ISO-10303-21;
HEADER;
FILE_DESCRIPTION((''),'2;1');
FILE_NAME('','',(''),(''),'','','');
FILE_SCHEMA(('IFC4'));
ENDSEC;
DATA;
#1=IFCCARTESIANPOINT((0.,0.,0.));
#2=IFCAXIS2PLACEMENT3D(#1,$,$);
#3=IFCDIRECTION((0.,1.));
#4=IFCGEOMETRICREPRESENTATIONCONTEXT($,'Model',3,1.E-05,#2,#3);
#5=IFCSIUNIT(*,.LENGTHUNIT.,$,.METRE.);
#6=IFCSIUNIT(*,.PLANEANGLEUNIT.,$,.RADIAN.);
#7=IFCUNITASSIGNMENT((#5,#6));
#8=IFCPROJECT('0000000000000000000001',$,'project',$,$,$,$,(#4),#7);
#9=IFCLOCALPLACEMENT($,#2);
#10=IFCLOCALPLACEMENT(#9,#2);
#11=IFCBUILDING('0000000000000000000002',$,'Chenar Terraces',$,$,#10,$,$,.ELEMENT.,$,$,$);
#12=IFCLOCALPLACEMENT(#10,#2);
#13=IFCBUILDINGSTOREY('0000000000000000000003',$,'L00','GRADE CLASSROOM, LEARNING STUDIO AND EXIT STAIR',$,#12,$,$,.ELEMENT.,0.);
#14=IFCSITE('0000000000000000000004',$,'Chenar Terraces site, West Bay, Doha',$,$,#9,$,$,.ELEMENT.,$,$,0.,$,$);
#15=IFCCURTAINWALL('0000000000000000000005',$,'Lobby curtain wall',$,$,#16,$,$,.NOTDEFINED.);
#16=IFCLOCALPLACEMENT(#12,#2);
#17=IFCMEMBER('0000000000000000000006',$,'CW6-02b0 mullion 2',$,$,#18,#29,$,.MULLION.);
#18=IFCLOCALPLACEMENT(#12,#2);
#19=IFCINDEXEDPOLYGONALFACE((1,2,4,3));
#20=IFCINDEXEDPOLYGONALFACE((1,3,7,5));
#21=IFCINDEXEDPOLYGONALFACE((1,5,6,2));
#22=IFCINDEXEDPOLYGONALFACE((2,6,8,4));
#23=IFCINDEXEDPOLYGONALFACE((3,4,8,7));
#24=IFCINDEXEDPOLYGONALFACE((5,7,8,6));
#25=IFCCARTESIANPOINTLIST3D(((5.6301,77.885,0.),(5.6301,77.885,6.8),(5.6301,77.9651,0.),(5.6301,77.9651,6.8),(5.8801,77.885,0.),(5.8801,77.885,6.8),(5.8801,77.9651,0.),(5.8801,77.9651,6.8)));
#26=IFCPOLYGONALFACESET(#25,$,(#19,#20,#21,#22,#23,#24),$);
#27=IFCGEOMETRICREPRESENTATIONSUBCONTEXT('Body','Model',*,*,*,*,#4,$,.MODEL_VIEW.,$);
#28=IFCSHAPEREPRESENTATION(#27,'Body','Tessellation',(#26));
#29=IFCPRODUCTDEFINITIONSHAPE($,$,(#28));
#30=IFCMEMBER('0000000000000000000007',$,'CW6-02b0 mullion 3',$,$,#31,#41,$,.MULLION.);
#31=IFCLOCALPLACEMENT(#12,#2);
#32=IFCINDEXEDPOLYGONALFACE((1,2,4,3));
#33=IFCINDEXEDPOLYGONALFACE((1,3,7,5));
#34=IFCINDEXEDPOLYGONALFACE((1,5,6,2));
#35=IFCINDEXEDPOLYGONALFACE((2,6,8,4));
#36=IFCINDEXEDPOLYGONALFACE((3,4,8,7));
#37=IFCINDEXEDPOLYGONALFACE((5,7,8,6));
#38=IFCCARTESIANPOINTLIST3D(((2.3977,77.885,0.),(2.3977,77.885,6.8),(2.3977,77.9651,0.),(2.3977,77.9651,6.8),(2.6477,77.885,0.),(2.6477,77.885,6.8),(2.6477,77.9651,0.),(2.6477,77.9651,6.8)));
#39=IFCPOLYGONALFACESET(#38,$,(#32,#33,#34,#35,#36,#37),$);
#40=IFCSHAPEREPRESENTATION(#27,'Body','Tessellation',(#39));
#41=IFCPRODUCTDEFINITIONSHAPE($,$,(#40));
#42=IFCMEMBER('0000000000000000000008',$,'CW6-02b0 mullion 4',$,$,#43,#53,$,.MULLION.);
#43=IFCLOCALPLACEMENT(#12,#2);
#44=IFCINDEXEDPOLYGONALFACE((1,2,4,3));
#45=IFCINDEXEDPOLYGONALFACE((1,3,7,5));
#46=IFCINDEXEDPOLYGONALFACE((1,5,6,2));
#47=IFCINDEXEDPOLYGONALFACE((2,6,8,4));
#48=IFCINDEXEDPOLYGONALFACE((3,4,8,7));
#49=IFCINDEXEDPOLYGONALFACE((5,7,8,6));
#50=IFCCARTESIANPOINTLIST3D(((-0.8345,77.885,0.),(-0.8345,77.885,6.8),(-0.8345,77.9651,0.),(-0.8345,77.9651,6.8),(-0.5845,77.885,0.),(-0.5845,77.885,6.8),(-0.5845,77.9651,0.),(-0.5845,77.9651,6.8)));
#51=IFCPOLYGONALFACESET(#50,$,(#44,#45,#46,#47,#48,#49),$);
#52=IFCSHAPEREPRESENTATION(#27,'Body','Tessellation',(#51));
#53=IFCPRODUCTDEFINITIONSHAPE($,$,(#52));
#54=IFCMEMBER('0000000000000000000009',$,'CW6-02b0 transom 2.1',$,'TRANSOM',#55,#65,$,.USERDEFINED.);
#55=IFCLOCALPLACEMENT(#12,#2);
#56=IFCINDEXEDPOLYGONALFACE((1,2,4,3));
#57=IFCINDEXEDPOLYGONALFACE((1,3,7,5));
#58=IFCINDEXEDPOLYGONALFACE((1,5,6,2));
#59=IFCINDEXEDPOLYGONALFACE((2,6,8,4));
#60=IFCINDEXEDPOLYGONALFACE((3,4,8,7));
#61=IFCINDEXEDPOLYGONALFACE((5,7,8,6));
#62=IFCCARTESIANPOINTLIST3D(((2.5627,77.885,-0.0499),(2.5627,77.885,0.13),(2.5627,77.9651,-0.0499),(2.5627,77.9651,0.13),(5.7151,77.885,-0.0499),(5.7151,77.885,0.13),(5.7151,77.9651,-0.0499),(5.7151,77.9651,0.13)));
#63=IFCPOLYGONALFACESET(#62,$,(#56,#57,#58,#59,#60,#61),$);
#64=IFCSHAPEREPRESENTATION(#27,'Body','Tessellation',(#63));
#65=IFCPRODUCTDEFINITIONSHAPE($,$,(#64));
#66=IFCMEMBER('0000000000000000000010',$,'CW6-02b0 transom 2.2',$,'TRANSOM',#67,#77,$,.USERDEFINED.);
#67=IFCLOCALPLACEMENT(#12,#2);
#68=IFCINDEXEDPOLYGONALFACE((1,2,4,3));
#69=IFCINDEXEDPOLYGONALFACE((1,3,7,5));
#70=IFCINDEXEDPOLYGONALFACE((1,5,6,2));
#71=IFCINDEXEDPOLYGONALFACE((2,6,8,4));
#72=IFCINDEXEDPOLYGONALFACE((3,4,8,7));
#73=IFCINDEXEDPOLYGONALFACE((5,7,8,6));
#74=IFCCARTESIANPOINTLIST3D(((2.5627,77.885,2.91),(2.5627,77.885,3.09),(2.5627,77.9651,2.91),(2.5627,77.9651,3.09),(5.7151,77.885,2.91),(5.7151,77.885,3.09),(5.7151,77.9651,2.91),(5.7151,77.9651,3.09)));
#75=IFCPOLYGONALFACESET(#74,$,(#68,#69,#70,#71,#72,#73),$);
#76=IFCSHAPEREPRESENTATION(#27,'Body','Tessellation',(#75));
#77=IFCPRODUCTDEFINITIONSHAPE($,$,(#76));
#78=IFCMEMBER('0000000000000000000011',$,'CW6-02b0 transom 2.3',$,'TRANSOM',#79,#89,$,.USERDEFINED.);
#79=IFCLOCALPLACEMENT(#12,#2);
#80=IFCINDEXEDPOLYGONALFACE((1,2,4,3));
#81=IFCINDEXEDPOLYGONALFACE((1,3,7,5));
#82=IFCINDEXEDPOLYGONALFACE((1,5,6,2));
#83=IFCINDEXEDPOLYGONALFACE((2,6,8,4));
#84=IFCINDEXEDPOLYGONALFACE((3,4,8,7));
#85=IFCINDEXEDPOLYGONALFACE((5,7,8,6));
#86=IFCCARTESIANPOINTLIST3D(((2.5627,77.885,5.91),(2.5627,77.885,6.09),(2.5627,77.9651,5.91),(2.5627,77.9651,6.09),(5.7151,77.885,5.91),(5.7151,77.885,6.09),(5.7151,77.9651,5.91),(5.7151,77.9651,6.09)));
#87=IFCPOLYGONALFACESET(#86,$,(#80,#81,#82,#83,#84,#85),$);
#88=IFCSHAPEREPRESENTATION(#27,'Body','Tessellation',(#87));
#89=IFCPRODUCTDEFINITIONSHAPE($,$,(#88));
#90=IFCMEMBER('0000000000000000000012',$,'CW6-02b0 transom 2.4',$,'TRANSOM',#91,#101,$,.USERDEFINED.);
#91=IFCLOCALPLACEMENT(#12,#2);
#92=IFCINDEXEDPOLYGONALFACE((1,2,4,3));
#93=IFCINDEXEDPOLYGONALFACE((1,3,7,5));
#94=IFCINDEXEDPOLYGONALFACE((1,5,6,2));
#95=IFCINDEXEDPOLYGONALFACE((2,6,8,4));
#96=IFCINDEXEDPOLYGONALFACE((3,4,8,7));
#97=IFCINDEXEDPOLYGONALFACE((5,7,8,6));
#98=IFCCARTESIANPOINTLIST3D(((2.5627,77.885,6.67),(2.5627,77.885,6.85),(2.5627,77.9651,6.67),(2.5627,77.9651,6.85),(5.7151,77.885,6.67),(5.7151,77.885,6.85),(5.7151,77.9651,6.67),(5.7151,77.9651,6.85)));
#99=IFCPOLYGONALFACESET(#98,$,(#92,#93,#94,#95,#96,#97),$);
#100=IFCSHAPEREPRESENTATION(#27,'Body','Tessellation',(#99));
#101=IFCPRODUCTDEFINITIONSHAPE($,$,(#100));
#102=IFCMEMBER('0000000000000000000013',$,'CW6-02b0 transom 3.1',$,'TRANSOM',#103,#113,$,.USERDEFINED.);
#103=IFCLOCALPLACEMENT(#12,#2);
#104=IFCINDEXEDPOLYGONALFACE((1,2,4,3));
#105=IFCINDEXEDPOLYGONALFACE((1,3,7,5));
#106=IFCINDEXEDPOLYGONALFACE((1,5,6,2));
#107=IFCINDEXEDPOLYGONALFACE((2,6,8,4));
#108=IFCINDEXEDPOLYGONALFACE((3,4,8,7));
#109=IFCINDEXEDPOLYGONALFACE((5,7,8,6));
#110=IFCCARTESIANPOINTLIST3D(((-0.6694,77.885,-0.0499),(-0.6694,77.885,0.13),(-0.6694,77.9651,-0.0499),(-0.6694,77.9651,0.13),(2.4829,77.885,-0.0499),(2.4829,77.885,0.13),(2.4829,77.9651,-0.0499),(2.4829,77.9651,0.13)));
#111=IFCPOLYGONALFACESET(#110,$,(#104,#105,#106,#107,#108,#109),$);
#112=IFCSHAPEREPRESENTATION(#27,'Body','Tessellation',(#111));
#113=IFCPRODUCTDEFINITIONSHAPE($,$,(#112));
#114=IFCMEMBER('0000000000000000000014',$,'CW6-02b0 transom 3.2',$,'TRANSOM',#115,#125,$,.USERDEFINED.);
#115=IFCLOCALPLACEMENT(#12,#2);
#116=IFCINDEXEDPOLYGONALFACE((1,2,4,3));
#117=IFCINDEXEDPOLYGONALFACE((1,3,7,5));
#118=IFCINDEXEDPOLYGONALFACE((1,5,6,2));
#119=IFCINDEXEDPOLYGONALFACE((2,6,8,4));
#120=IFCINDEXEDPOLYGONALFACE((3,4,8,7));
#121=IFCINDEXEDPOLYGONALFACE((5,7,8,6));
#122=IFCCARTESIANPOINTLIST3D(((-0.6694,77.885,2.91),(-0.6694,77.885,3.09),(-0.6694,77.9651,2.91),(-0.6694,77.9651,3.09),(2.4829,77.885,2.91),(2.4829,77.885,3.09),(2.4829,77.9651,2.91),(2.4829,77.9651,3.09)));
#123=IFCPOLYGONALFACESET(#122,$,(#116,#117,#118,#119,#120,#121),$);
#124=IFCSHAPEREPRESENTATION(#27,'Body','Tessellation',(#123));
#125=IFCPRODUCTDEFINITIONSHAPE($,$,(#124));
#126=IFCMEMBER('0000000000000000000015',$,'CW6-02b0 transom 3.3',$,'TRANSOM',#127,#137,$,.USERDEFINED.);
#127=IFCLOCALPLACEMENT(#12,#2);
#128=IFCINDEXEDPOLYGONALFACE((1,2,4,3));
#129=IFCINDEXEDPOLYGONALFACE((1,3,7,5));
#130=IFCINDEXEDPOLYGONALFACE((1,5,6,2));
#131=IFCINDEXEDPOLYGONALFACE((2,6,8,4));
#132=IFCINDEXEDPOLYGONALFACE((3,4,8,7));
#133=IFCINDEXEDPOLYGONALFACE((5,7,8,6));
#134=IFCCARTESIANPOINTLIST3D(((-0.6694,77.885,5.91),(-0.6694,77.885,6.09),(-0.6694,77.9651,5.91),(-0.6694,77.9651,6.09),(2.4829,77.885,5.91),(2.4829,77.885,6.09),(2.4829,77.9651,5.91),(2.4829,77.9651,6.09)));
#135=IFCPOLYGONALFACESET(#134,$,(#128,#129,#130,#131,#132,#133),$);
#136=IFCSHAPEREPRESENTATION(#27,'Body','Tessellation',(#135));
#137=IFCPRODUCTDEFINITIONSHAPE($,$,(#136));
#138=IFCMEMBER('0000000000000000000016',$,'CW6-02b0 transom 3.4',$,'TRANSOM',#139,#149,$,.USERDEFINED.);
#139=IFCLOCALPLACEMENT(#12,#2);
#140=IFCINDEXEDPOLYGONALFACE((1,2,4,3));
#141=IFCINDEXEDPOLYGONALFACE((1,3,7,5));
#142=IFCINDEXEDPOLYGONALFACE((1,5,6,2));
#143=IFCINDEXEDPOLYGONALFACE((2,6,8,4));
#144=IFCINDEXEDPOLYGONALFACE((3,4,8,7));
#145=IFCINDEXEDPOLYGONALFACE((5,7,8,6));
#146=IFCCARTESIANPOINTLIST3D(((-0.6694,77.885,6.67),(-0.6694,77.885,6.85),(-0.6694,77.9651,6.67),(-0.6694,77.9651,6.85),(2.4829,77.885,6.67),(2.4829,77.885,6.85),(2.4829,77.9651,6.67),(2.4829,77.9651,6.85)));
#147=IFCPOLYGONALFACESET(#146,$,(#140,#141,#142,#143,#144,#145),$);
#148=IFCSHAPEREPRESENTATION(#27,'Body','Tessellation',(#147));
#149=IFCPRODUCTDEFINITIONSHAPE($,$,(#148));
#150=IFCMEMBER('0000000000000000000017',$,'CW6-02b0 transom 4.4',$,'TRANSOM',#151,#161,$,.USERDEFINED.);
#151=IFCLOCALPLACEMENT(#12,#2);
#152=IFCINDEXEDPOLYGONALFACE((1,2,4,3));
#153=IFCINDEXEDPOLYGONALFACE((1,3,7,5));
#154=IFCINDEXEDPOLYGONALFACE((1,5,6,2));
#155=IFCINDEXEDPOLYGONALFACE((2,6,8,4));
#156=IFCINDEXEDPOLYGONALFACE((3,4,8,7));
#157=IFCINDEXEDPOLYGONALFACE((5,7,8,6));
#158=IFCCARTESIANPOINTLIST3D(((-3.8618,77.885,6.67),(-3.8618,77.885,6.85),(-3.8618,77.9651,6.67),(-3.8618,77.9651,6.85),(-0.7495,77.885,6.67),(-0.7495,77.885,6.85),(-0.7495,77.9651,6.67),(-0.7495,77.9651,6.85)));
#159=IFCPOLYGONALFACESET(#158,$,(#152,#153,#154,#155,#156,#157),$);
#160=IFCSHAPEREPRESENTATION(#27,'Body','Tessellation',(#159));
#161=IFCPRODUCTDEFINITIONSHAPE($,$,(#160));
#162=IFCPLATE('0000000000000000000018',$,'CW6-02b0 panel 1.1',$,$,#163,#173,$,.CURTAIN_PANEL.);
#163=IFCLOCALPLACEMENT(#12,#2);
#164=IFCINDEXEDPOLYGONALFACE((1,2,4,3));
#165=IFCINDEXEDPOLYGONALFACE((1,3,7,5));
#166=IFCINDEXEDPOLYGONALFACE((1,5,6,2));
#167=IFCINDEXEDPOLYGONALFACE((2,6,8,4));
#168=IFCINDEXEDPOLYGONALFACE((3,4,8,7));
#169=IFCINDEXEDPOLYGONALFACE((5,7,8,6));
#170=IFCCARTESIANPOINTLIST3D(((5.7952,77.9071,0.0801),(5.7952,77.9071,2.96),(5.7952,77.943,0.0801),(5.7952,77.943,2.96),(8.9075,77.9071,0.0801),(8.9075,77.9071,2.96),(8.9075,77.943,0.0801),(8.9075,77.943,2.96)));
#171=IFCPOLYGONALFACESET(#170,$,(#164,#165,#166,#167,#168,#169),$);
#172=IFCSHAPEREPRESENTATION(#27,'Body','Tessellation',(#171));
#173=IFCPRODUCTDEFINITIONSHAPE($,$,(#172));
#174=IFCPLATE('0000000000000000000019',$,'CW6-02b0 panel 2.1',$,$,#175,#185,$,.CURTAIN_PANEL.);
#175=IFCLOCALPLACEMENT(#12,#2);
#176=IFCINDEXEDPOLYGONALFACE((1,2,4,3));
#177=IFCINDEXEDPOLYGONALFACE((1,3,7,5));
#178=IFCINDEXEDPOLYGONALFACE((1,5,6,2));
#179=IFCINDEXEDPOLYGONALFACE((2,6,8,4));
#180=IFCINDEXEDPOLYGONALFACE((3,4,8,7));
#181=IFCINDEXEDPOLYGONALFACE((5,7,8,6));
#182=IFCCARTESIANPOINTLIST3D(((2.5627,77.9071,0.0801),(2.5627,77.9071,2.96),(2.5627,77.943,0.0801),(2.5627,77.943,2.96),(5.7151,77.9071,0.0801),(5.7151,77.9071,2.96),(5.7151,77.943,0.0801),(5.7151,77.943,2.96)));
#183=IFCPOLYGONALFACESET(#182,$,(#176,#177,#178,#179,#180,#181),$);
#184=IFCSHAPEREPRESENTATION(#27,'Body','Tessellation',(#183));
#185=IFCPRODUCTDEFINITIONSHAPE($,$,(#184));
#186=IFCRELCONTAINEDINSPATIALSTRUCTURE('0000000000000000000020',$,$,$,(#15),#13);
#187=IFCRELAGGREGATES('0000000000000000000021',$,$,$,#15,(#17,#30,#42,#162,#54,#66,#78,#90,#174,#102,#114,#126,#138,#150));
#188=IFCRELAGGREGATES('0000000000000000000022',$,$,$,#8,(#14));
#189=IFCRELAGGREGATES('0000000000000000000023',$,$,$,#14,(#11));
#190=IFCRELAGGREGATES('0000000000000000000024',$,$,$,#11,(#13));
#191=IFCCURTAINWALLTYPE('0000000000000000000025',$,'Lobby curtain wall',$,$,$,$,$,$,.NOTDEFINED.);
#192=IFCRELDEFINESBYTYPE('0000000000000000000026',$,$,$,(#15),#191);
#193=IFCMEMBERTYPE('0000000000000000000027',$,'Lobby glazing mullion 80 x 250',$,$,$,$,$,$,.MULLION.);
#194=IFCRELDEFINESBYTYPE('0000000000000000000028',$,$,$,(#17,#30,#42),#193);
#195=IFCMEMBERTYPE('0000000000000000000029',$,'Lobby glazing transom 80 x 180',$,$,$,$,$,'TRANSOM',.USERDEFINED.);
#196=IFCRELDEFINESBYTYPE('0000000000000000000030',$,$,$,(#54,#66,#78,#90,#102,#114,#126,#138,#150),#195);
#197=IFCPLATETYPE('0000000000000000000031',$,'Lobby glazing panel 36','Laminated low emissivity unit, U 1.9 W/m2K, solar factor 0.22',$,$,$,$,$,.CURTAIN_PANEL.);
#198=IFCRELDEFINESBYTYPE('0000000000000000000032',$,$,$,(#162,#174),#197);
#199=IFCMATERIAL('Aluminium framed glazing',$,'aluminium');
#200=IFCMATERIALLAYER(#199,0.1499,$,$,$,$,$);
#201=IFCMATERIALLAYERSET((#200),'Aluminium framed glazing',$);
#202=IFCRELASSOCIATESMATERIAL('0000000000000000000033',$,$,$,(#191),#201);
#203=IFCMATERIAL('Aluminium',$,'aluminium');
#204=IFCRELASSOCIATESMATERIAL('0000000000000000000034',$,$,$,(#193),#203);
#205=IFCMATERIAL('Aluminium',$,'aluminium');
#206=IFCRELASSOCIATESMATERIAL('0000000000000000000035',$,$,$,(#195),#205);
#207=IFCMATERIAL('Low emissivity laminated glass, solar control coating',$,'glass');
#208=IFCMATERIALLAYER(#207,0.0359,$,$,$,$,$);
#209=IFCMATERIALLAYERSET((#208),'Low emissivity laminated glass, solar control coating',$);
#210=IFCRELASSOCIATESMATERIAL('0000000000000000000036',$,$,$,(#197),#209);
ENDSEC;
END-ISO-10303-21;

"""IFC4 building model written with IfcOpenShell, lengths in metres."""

from ifc_helpers import new_model, si_unit, direction, frame, origin, origin_2d, place, context, subcontext, project, spatial, rectangle, extrude, material, layer, layer_set, material_profile, profile_set, type_object, element, aggregate, save


model = new_model("IFC4")

# Units and contexts
model_context = context("Model", 3, precision=1e-05, world=origin(), true_north=direction((0.0, 1.0)))
body_context = subcontext(model_context, "Body", "Model", "MODEL_VIEW")
ifc_project = project(units=[si_unit("LENGTHUNIT", "METRE"), si_unit("PLANEANGLEUNIT", "RADIAN")], contexts=[model_context])

# Site, building, storey
site_placement = place(None, origin())
site = spatial("IfcSite", under=ifc_project, at=site_placement, Name="Chenar Terraces site, West Bay, Doha", CompositionType="ELEMENT", RefElevation=0.0)
building_placement = place(site_placement, origin())
building = spatial("IfcBuilding", under=site, at=building_placement, Name="Chenar Terraces", CompositionType="ELEMENT")
storey_placement = place(building_placement, origin())
storey = spatial("IfcBuildingStorey", under=building, at=storey_placement, Name="L00", Description="GRADE CLASSROOM, LEARNING STUDIO AND EXIT STAIR", CompositionType="ELEMENT", Elevation=0.0)

# Curtain wall, members, plates
ifc_material_1 = material(Name="Aluminium framed glazing", Category="aluminium")
ifc_layer_1 = layer(ifc_material_1, 0.1499)
ifc_layer_set_1 = layer_set([ifc_layer_1], Name="Aluminium framed glazing")
curtain_wall_type = type_object("IfcCurtainWallType", Name="Lobby curtain wall", PredefinedType="NOTDEFINED", material=ifc_layer_set_1)
curtain_wall_placement = place(storey_placement, origin())
curtain_wall = element("IfcCurtainWall", 1, at=curtain_wall_placement, inside=storey, type_object=curtain_wall_type, Name="Lobby curtain wall", PredefinedType="NOTDEFINED")
ifc_material_2 = material(Name="Aluminium", Category="aluminium")
ifc_material_profile_1 = material_profile(ifc_material_2, rectangle(XDim=0.0801, YDim=0.25, at=origin_2d()), Name="Lobby glazing mullion 80 x 250")
ifc_profile_set_1 = profile_set([ifc_material_profile_1], Name="Aluminium")
member_type_1 = type_object("IfcMemberType", Name="Lobby glazing mullion 80 x 250", PredefinedType="MULLION", material=ifc_profile_set_1)
member_1_placement = place(storey_placement, frame((5.7551, 77.925, 0.0), z_axis=(0.0, 0.0, 1.0), x_axis=(0.0, -1.0, 0.0)))
member_1 = element("IfcMember", 2, at=member_1_placement, type_object=member_type_1, Name="CW6-02b0 mullion 2", PredefinedType="MULLION", context=body_context, shape_type="SweptSolid", body=[
    extrude(rectangle(XDim=0.0801, YDim=0.25, at=origin_2d()), origin(), (0.0, 0.0, 1.0), 6.8),
])
member_2_placement = place(storey_placement, frame((2.5227, 77.925, 0.0), z_axis=(0.0, 0.0, 1.0), x_axis=(0.0, -1.0, 0.0)))
member_2 = element("IfcMember", 3, at=member_2_placement, type_object=member_type_1, Name="CW6-02b0 mullion 3", PredefinedType="MULLION", context=body_context, shape_type="SweptSolid", body=[
    extrude(rectangle(XDim=0.0801, YDim=0.25, at=origin_2d()), origin(), (0.0, 0.0, 1.0), 6.8),
])
member_3_placement = place(storey_placement, frame((-0.7095, 77.925, 0.0), z_axis=(0.0, 0.0, 1.0), x_axis=(0.0, -1.0, 0.0)))
member_3 = element("IfcMember", 4, at=member_3_placement, type_object=member_type_1, Name="CW6-02b0 mullion 4", PredefinedType="MULLION", context=body_context, shape_type="SweptSolid", body=[
    extrude(rectangle(XDim=0.0801, YDim=0.25, at=origin_2d()), origin(), (0.0, 0.0, 1.0), 6.8),
])
ifc_material_3 = material(Name="Aluminium", Category="aluminium")
ifc_material_profile_2 = material_profile(ifc_material_3, rectangle(XDim=0.0801, YDim=0.1799, at=origin_2d()), Name="Lobby glazing transom 80 x 180")
ifc_profile_set_2 = profile_set([ifc_material_profile_2], Name="Aluminium")
member_type_2 = type_object("IfcMemberType", Name="Lobby glazing transom 80 x 180", ElementType="TRANSOM", PredefinedType="USERDEFINED", material=ifc_profile_set_2)
member_4_placement = place(storey_placement, frame((5.7151, 77.925, 0.04), z_axis=(-1.0, 0.0, 0.0), x_axis=(0.0, -1.0, 0.0)))
member_4 = element("IfcMember", 5, at=member_4_placement, type_object=member_type_2, Name="CW6-02b0 transom 2.1", ObjectType="TRANSOM", PredefinedType="USERDEFINED", context=body_context, shape_type="SweptSolid", body=[
    extrude(rectangle(XDim=0.0801, YDim=0.1799, at=origin_2d()), origin(), (0.0, 0.0, 1.0), 3.1523),
])
member_5_placement = place(storey_placement, frame((5.7151, 77.925, 3.0), z_axis=(-1.0, 0.0, 0.0), x_axis=(0.0, -1.0, 0.0)))
member_5 = element("IfcMember", 6, at=member_5_placement, type_object=member_type_2, Name="CW6-02b0 transom 2.2", ObjectType="TRANSOM", PredefinedType="USERDEFINED", context=body_context, shape_type="SweptSolid", body=[
    extrude(rectangle(XDim=0.0801, YDim=0.1799, at=origin_2d()), origin(), (0.0, 0.0, 1.0), 3.1523),
])
member_6_placement = place(storey_placement, frame((5.7151, 77.925, 6.0), z_axis=(-1.0, 0.0, 0.0), x_axis=(0.0, -1.0, 0.0)))
member_6 = element("IfcMember", 7, at=member_6_placement, type_object=member_type_2, Name="CW6-02b0 transom 2.3", ObjectType="TRANSOM", PredefinedType="USERDEFINED", context=body_context, shape_type="SweptSolid", body=[
    extrude(rectangle(XDim=0.0801, YDim=0.1799, at=origin_2d()), origin(), (0.0, 0.0, 1.0), 3.1523),
])
member_7_placement = place(storey_placement, frame((5.7151, 77.925, 6.76), z_axis=(-1.0, 0.0, 0.0), x_axis=(0.0, -1.0, 0.0)))
member_7 = element("IfcMember", 8, at=member_7_placement, type_object=member_type_2, Name="CW6-02b0 transom 2.4", ObjectType="TRANSOM", PredefinedType="USERDEFINED", context=body_context, shape_type="SweptSolid", body=[
    extrude(rectangle(XDim=0.0801, YDim=0.1799, at=origin_2d()), origin(), (0.0, 0.0, 1.0), 3.1523),
])
member_8_placement = place(storey_placement, frame((2.4829, 77.925, 0.04), z_axis=(-1.0, 0.0, 0.0), x_axis=(0.0, -1.0, 0.0)))
member_8 = element("IfcMember", 9, at=member_8_placement, type_object=member_type_2, Name="CW6-02b0 transom 3.1", ObjectType="TRANSOM", PredefinedType="USERDEFINED", context=body_context, shape_type="SweptSolid", body=[
    extrude(rectangle(XDim=0.0801, YDim=0.1799, at=origin_2d()), origin(), (0.0, 0.0, 1.0), 3.1523),
])
member_9_placement = place(storey_placement, frame((2.4829, 77.925, 3.0), z_axis=(-1.0, 0.0, 0.0), x_axis=(0.0, -1.0, 0.0)))
member_9 = element("IfcMember", 10, at=member_9_placement, type_object=member_type_2, Name="CW6-02b0 transom 3.2", ObjectType="TRANSOM", PredefinedType="USERDEFINED", context=body_context, shape_type="SweptSolid", body=[
    extrude(rectangle(XDim=0.0801, YDim=0.1799, at=origin_2d()), origin(), (0.0, 0.0, 1.0), 3.1523),
])
member_10_placement = place(storey_placement, frame((2.4829, 77.925, 6.0), z_axis=(-1.0, 0.0, 0.0), x_axis=(0.0, -1.0, 0.0)))
member_10 = element("IfcMember", 11, at=member_10_placement, type_object=member_type_2, Name="CW6-02b0 transom 3.3", ObjectType="TRANSOM", PredefinedType="USERDEFINED", context=body_context, shape_type="SweptSolid", body=[
    extrude(rectangle(XDim=0.0801, YDim=0.1799, at=origin_2d()), origin(), (0.0, 0.0, 1.0), 3.1523),
])
member_11_placement = place(storey_placement, frame((2.4829, 77.925, 6.76), z_axis=(-1.0, 0.0, 0.0), x_axis=(0.0, -1.0, 0.0)))
member_11 = element("IfcMember", 12, at=member_11_placement, type_object=member_type_2, Name="CW6-02b0 transom 3.4", ObjectType="TRANSOM", PredefinedType="USERDEFINED", context=body_context, shape_type="SweptSolid", body=[
    extrude(rectangle(XDim=0.0801, YDim=0.1799, at=origin_2d()), origin(), (0.0, 0.0, 1.0), 3.1523),
])
member_12_placement = place(storey_placement, frame((-0.7495, 77.925, 6.76), z_axis=(-1.0, 0.0, 0.0), x_axis=(0.0, -1.0, 0.0)))
member_12 = element("IfcMember", 13, at=member_12_placement, type_object=member_type_2, Name="CW6-02b0 transom 4.4", ObjectType="TRANSOM", PredefinedType="USERDEFINED", context=body_context, shape_type="SweptSolid", body=[
    extrude(rectangle(XDim=0.0801, YDim=0.1799, at=origin_2d()), origin(), (0.0, 0.0, 1.0), 3.1123),
])
ifc_material_4 = material(Name="Low emissivity laminated glass, solar control coating", Category="glass")
ifc_layer_2 = layer(ifc_material_4, 0.0359)
ifc_layer_set_2 = layer_set([ifc_layer_2], Name="Low emissivity laminated glass, solar control coating")
plate_type = type_object("IfcPlateType", Name="Lobby glazing panel 36", Description="Laminated low emissivity unit, U 1.9 W/m2K, solar factor 0.22", PredefinedType="CURTAIN_PANEL", material=ifc_layer_set_2)
plate_1_placement = place(storey_placement, frame((7.3513, 77.925, 0.0801), z_axis=(0.0, 0.0, 1.0), x_axis=(-1.0, 0.0, 0.0)))
plate_1 = element("IfcPlate", 14, at=plate_1_placement, type_object=plate_type, Name="CW6-02b0 panel 1.1", PredefinedType="CURTAIN_PANEL", context=body_context, shape_type="SweptSolid", body=[
    extrude(rectangle(XDim=3.1123, YDim=0.0359, at=origin_2d()), origin(), (0.0, 0.0, 1.0), 2.8799),
])
plate_2_placement = place(storey_placement, frame((4.1389, 77.925, 0.0801), z_axis=(0.0, 0.0, 1.0), x_axis=(-1.0, 0.0, 0.0)))
plate_2 = element("IfcPlate", 15, at=plate_2_placement, type_object=plate_type, Name="CW6-02b0 panel 2.1", PredefinedType="CURTAIN_PANEL", context=body_context, shape_type="SweptSolid", body=[
    extrude(rectangle(XDim=3.1523, YDim=0.0359, at=origin_2d()), origin(), (0.0, 0.0, 1.0), 2.8799),
])
aggregate(curtain_wall, [member_1, member_2, member_3, plate_1, member_4, member_5, member_6, member_7, plate_2, member_8, member_9, member_10, member_11, member_12])

save(model, "model.ifc")
